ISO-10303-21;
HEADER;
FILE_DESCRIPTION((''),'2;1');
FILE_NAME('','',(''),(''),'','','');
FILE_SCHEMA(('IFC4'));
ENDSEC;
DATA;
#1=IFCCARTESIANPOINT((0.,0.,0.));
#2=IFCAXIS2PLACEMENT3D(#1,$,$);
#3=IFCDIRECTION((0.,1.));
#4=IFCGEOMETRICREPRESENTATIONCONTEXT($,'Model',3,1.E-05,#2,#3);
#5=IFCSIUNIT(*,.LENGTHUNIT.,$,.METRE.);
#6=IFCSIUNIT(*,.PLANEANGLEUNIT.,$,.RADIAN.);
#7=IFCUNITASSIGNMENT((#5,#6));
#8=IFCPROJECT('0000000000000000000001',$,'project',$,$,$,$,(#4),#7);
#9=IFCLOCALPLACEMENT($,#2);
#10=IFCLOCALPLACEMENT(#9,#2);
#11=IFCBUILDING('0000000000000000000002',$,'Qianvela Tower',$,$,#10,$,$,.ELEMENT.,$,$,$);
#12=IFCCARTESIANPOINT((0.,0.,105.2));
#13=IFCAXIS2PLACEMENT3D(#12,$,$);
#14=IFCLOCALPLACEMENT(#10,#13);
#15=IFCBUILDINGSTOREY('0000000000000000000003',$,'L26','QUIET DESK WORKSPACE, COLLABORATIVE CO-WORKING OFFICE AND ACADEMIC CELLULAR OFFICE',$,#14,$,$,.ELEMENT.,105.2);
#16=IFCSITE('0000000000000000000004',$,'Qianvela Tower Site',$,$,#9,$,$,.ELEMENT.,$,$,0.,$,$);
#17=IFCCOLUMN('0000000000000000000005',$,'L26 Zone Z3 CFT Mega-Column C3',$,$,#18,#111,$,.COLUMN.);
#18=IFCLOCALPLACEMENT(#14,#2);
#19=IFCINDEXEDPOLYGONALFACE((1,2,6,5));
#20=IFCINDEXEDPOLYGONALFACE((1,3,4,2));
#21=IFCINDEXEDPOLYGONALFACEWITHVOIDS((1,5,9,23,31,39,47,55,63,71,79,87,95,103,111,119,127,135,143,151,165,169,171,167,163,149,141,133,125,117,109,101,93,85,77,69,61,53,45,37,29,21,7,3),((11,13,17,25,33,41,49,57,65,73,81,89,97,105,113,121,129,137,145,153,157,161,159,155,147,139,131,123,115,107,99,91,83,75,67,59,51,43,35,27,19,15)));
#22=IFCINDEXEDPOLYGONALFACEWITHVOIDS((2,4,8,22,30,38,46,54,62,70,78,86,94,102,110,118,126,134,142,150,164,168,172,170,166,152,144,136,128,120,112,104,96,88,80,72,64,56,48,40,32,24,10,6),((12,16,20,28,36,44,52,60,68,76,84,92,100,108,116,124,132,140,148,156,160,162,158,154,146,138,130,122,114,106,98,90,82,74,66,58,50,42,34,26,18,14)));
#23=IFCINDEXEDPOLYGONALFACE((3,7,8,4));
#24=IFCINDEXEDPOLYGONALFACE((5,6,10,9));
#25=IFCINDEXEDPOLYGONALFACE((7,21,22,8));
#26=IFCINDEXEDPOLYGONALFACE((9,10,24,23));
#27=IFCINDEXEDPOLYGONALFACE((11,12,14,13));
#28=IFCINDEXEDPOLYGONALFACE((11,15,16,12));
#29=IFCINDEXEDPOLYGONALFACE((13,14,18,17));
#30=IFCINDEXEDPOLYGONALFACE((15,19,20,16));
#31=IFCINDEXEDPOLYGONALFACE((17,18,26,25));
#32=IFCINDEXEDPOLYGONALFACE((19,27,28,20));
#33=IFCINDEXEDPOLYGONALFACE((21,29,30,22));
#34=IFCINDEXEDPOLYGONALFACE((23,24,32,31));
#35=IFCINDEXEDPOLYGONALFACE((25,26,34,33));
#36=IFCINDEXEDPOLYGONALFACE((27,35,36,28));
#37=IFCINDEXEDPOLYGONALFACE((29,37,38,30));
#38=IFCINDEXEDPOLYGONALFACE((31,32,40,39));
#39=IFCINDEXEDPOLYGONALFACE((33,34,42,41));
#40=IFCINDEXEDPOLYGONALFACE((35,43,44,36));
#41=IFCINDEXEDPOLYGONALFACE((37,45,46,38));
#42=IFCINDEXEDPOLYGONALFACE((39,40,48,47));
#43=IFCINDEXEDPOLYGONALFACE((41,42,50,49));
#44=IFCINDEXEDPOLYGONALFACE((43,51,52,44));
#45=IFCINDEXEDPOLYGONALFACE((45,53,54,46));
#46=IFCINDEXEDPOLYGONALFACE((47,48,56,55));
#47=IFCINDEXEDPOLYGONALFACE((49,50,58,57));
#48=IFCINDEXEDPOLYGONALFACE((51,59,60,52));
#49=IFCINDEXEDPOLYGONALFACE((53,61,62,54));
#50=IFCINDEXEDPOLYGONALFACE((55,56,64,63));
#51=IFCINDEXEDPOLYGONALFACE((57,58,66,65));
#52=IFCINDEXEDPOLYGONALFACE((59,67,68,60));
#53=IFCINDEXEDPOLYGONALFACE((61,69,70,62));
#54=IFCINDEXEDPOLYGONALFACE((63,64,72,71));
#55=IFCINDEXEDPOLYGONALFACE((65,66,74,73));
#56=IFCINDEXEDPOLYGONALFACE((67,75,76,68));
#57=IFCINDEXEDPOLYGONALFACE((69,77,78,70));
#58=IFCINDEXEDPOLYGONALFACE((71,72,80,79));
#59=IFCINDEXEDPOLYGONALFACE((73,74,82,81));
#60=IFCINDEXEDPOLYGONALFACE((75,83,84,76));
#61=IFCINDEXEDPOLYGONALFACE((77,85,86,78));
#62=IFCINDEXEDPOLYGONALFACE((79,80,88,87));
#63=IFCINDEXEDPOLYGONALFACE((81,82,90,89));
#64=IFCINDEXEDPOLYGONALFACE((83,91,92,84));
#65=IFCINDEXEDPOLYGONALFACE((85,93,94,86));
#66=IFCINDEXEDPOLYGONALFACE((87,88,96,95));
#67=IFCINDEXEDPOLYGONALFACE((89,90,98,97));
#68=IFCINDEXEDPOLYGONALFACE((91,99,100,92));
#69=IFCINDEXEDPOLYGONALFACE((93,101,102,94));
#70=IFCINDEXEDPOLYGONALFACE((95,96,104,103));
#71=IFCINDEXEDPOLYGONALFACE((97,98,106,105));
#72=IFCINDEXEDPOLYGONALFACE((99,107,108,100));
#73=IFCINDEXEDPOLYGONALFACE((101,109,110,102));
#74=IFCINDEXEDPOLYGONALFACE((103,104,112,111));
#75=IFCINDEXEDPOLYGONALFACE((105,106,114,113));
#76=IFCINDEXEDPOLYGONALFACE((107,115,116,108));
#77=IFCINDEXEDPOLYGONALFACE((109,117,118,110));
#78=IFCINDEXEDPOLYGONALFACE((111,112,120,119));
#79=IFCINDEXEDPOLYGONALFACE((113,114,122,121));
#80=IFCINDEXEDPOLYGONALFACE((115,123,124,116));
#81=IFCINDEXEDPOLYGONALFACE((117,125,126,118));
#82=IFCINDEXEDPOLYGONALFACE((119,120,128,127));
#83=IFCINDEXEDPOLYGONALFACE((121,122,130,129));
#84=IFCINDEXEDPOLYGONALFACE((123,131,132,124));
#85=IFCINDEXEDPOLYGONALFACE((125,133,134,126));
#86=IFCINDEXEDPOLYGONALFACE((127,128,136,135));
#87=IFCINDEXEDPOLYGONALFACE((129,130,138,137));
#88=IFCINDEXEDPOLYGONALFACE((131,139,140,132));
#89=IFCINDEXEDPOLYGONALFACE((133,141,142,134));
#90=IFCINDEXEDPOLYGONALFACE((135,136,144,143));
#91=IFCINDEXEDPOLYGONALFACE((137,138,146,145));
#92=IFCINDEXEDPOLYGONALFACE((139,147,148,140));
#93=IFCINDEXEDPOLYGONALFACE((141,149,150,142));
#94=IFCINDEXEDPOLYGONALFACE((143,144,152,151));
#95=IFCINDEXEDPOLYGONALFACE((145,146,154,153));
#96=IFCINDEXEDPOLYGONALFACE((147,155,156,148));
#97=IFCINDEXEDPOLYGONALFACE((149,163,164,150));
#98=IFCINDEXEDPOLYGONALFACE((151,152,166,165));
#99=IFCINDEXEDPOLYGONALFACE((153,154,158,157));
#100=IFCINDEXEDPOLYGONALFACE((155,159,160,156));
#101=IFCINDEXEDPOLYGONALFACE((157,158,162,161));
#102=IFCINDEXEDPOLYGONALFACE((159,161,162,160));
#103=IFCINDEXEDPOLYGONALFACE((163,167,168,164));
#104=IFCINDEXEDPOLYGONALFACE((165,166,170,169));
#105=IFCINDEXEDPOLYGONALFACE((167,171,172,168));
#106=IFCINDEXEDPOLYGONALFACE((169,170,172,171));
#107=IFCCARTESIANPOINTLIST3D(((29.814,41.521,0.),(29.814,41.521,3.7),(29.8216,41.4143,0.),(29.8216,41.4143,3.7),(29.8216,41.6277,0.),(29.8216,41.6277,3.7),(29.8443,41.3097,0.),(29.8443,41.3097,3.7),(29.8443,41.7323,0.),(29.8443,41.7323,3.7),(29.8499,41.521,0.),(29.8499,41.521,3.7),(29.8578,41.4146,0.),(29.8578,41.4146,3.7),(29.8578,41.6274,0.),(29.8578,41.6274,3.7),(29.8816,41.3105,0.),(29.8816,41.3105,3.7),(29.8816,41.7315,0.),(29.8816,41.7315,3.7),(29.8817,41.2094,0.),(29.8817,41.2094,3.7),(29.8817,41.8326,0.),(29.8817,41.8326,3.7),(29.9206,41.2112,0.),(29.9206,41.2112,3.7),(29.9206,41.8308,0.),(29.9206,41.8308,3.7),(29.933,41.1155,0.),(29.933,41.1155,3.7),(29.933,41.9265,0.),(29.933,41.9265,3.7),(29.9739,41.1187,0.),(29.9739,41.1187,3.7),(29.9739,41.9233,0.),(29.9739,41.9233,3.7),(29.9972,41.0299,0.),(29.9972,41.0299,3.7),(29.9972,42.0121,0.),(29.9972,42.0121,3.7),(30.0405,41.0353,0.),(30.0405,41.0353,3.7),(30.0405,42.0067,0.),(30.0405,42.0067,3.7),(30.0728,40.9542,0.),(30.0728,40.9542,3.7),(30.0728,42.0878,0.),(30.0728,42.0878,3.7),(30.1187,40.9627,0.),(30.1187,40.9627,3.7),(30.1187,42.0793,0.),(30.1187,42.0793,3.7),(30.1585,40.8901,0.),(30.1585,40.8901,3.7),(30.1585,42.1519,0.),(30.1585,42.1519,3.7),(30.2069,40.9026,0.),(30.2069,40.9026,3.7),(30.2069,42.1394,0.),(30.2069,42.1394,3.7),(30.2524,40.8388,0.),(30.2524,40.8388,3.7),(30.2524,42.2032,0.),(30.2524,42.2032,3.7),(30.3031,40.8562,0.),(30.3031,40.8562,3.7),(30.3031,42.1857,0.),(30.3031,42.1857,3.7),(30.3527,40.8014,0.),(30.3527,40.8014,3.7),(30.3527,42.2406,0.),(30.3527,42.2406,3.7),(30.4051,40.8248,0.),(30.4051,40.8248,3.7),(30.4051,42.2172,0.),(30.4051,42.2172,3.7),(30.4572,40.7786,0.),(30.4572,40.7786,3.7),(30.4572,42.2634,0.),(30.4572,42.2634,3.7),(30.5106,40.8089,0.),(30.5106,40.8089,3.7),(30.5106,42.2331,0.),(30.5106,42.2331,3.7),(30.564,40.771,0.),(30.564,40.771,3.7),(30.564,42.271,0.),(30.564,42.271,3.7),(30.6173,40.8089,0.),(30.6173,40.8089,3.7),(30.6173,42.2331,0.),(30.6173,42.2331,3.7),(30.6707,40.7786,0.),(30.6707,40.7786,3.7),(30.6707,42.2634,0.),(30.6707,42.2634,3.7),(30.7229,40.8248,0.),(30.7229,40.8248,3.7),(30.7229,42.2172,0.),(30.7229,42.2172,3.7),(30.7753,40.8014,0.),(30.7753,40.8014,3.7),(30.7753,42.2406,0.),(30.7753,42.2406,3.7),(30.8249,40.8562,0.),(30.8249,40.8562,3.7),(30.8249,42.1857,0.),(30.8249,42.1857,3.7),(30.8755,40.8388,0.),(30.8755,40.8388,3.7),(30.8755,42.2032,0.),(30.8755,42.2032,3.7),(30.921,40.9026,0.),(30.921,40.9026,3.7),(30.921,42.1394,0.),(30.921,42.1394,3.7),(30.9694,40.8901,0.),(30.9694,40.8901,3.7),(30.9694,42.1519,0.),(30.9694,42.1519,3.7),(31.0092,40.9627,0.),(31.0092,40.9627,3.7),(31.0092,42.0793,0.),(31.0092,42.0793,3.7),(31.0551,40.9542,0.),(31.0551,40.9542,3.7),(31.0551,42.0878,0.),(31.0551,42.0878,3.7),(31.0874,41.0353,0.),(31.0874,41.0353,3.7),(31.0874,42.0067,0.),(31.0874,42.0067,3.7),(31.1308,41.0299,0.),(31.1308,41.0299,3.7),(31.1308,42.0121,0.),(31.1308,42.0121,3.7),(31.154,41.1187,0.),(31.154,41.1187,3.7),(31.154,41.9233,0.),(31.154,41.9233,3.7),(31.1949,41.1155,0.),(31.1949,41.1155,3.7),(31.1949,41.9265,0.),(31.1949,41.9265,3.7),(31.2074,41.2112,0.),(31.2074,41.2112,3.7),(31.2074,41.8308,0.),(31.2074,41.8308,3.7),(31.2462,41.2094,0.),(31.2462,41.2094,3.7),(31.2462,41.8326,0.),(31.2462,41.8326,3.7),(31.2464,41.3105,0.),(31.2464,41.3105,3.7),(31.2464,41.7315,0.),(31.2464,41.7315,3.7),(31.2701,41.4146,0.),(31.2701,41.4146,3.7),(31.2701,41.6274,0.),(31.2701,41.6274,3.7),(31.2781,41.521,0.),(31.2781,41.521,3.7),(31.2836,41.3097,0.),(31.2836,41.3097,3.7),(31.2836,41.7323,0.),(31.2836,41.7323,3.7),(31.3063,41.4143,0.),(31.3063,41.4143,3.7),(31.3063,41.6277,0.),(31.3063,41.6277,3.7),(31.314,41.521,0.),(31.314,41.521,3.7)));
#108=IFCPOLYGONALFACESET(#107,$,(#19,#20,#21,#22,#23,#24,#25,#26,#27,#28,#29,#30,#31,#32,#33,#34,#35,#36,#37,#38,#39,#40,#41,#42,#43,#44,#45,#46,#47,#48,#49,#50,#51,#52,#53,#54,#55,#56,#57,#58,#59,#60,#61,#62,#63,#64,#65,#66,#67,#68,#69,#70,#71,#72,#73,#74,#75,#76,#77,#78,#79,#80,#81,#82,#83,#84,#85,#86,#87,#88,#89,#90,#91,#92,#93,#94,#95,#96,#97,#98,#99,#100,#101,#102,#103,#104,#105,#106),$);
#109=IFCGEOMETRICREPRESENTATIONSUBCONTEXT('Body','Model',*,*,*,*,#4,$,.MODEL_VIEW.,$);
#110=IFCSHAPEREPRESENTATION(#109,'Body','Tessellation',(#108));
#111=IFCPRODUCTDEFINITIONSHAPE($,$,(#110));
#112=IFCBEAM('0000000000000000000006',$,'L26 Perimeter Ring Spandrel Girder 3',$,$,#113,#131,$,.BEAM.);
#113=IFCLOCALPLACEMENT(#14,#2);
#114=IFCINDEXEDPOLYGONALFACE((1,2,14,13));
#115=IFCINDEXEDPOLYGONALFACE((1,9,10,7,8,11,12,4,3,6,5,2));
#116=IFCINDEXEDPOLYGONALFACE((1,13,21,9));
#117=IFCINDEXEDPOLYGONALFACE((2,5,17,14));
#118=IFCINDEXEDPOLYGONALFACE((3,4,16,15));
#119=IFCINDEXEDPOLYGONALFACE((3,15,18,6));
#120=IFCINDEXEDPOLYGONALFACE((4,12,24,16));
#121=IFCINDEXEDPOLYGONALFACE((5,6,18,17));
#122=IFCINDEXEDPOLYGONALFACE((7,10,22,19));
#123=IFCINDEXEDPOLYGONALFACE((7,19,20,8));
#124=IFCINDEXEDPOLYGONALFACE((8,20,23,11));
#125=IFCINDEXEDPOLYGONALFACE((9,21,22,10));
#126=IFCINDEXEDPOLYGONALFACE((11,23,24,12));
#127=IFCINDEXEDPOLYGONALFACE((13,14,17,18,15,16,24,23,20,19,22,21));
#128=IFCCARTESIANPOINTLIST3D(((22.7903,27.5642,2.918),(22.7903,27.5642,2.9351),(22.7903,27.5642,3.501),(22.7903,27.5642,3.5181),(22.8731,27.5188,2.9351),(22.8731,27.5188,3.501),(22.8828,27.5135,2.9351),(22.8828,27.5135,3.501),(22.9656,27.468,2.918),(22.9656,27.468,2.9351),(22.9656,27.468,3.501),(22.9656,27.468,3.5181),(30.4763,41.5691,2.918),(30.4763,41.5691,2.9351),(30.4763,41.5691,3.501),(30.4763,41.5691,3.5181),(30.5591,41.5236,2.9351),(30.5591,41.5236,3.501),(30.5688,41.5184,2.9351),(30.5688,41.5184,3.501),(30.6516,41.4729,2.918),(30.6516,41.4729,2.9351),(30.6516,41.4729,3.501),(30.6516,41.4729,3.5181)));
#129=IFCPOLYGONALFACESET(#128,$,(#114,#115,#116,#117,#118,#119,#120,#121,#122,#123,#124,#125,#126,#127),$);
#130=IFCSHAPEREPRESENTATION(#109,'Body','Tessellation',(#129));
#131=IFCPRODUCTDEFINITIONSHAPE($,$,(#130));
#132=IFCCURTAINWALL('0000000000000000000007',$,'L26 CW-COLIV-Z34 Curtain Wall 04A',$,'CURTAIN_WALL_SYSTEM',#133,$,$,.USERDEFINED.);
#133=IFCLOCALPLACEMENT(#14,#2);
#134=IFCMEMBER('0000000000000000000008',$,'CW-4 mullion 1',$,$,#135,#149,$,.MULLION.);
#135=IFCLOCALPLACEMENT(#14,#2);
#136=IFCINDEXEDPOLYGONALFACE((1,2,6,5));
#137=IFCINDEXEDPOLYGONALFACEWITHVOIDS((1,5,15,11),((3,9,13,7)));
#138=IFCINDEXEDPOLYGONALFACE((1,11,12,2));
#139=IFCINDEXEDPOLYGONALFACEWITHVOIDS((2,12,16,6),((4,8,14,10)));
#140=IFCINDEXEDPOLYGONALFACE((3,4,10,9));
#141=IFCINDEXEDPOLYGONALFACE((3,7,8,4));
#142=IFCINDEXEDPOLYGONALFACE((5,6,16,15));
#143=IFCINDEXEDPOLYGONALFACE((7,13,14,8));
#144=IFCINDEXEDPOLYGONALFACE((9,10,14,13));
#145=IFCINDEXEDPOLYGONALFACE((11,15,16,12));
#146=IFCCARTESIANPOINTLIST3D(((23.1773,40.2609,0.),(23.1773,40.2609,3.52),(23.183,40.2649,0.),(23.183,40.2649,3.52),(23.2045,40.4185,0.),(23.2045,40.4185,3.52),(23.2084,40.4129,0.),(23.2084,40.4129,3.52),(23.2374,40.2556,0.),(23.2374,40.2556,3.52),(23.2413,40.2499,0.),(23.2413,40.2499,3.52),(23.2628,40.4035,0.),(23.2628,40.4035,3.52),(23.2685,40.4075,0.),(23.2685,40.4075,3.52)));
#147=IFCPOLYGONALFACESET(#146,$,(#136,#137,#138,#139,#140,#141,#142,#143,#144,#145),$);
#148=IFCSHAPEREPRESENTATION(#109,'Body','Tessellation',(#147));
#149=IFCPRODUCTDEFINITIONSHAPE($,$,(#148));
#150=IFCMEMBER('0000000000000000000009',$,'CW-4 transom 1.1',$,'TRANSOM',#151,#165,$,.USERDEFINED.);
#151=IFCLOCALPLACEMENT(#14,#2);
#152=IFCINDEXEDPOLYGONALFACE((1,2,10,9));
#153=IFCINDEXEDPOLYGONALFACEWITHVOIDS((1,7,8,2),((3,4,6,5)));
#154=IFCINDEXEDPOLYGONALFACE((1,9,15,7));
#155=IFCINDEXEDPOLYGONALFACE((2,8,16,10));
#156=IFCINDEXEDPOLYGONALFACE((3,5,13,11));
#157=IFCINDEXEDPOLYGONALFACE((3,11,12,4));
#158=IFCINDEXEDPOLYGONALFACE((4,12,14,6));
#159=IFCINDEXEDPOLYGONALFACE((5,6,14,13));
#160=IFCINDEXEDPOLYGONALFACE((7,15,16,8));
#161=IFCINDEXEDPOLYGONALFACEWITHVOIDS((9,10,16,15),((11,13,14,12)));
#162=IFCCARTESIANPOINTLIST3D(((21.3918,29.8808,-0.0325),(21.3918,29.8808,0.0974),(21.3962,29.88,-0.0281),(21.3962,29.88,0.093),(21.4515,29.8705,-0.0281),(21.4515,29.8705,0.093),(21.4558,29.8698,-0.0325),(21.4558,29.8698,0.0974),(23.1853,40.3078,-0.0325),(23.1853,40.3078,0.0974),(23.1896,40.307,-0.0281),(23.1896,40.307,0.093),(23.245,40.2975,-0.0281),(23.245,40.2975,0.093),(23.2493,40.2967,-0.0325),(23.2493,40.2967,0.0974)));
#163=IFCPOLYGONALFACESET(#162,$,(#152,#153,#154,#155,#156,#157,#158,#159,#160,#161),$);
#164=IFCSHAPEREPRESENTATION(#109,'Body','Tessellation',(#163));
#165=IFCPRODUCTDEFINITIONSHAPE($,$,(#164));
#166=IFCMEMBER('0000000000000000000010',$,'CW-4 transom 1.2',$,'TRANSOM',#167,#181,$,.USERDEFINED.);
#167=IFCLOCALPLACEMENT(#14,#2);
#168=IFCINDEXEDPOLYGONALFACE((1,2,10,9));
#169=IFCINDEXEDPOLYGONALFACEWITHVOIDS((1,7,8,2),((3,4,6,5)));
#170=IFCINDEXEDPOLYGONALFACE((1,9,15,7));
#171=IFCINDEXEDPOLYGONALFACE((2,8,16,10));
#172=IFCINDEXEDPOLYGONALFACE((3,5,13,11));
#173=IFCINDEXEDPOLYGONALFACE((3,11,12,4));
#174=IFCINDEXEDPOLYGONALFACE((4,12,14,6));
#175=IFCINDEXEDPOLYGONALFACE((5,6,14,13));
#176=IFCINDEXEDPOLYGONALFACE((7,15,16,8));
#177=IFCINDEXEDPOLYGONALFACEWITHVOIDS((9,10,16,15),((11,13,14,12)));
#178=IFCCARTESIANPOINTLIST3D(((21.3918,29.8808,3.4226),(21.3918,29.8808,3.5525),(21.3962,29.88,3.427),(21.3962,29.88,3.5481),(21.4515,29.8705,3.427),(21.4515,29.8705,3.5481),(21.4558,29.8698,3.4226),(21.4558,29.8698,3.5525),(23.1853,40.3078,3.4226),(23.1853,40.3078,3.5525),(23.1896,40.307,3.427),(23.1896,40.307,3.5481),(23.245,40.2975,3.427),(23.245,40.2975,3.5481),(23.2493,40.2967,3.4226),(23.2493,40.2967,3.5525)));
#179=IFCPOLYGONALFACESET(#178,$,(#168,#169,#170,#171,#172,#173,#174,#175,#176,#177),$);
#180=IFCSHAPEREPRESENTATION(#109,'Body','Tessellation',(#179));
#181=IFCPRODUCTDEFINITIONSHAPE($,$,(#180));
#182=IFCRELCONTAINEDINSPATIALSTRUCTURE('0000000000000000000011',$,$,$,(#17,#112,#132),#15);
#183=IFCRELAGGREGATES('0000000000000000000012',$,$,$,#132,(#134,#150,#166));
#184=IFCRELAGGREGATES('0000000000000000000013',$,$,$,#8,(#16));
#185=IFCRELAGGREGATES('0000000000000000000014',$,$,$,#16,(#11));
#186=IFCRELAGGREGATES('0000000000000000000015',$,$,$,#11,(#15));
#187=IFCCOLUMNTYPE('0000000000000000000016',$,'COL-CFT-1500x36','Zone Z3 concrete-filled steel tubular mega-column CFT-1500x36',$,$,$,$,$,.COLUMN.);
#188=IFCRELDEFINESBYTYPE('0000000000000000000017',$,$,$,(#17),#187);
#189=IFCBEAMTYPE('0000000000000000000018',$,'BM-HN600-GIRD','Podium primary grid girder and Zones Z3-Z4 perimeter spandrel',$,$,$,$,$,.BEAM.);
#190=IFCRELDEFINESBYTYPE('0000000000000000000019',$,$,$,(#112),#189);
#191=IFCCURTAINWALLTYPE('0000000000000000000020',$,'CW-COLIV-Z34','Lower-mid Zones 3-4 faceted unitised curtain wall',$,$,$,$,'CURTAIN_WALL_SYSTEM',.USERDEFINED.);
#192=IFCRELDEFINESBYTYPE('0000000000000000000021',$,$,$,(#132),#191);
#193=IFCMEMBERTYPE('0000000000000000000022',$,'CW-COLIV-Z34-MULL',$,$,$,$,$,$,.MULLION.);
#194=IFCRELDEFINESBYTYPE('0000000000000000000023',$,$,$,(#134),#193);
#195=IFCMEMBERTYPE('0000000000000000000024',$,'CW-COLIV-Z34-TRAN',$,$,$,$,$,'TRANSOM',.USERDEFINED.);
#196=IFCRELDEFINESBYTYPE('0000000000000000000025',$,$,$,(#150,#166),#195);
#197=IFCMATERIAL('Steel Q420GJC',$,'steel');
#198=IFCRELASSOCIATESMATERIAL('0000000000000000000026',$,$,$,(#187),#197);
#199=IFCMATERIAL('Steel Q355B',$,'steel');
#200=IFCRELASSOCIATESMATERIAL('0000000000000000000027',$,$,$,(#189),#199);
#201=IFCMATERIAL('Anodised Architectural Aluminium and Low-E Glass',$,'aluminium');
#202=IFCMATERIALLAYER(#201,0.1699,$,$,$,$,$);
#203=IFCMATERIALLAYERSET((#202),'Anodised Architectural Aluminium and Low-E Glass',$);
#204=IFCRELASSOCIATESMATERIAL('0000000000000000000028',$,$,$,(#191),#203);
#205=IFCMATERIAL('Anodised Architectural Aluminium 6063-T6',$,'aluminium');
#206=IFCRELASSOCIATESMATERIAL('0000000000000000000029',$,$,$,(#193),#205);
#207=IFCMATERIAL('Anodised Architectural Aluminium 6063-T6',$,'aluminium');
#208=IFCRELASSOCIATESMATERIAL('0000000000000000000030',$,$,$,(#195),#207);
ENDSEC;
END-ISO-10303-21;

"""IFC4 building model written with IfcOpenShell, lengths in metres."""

from ifc_helpers import new_model, si_unit, direction, frame, origin, origin_2d, place, context, subcontext, project, spatial, hollow_rectangle, hollow_circle, i_section, extrude, material, layer, layer_set, material_profile, profile_set, type_object, element, aggregate, save


model = new_model("IFC4")

# Units and contexts
model_context = context("Model", 3, precision=1e-05, world=origin(), true_north=direction((0.0, 1.0)))
body_context = subcontext(model_context, "Body", "Model", "MODEL_VIEW")
ifc_project = project(units=[si_unit("LENGTHUNIT", "METRE"), si_unit("PLANEANGLEUNIT", "RADIAN")], contexts=[model_context])

# Site, building, storey
site_placement = place(None, origin())
site = spatial("IfcSite", under=ifc_project, at=site_placement, Name="Qianvela Tower Site", CompositionType="ELEMENT", RefElevation=0.0)
building_placement = place(site_placement, origin())
building = spatial("IfcBuilding", under=site, at=building_placement, Name="Qianvela Tower", CompositionType="ELEMENT")
storey_placement = place(building_placement, frame((0.0, 0.0, 105.2)))
storey = spatial("IfcBuildingStorey", under=building, at=storey_placement, Name="L26", Description="QUIET DESK WORKSPACE, COLLABORATIVE CO-WORKING OFFICE AND ACADEMIC CELLULAR OFFICE", CompositionType="ELEMENT", Elevation=105.2)

# Column
ifc_material_1 = material(Name="Steel Q420GJC", Category="steel")
ifc_material_profile_1 = material_profile(ifc_material_1, hollow_circle(Radius=0.75, WallThickness=0.0359, at=origin_2d()), Name="CFT-1500x36")
ifc_profile_set_1 = profile_set([ifc_material_profile_1], Name="Steel Q420GJC")
column_type = type_object("IfcColumnType", Name="COL-CFT-1500x36", Description="Zone Z3 concrete-filled steel tubular mega-column CFT-1500x36", PredefinedType="COLUMN", material=ifc_profile_set_1)
column_placement = place(storey_placement, frame((30.564, 41.521, 0.0), z_axis=(0.0, 0.0, 1.0), x_axis=(1.0, 0.0, 0.0)))
element("IfcColumn", 1, at=column_placement, inside=storey, type_object=column_type, Name="L26 Zone Z3 CFT Mega-Column C3", PredefinedType="COLUMN", context=body_context, shape_type="SweptSolid", body=[
    extrude(hollow_circle(Radius=0.75, WallThickness=0.0359, at=origin_2d()), origin(), (0.0, 0.0, 1.0), 3.7),
])

# Beam
ifc_material_2 = material(Name="Steel Q355B", Category="steel")
ifc_material_profile_2 = material_profile(ifc_material_2, i_section(OverallWidth=0.2, OverallDepth=0.6001, WebThickness=0.011, FlangeThickness=0.0171, at=origin_2d()), Name="HN600x200x11x17")
ifc_profile_set_2 = profile_set([ifc_material_profile_2], Name="Steel Q355B")
beam_type = type_object("IfcBeamType", Name="BM-HN600-GIRD", Description="Podium primary grid girder and Zones Z3-Z4 perimeter spandrel", PredefinedType="BEAM", material=ifc_profile_set_2)
beam_placement = place(storey_placement, frame((30.564, 41.521, 3.218), z_axis=(-0.481118, -0.876656, 0.0), x_axis=(0.876656, -0.481118, 0.0)))
element("IfcBeam", 2, at=beam_placement, inside=storey, type_object=beam_type, Name="L26 Perimeter Ring Spandrel Girder 3", PredefinedType="BEAM", context=body_context, shape_type="SweptSolid", body=[
    extrude(i_section(OverallWidth=0.2, OverallDepth=0.6001, WebThickness=0.011, FlangeThickness=0.0171, at=origin_2d()), origin(), (0.0, 0.0, 1.0), 15.9753),
])

# Curtain wall, members
ifc_material_3 = material(Name="Anodised Architectural Aluminium and Low-E Glass", Category="aluminium")
ifc_layer_1 = layer(ifc_material_3, 0.1699)
ifc_layer_set_1 = layer_set([ifc_layer_1], Name="Anodised Architectural Aluminium and Low-E Glass")
curtain_wall_type = type_object("IfcCurtainWallType", Name="CW-COLIV-Z34", Description="Lower-mid Zones 3-4 faceted unitised curtain wall", ElementType="CURTAIN_WALL_SYSTEM", PredefinedType="USERDEFINED", material=ifc_layer_set_1)
curtain_wall_placement = place(storey_placement, origin())
curtain_wall = element("IfcCurtainWall", 3, at=curtain_wall_placement, inside=storey, type_object=curtain_wall_type, Name="L26 CW-COLIV-Z34 Curtain Wall 04A", ObjectType="CURTAIN_WALL_SYSTEM", PredefinedType="USERDEFINED")
ifc_material_4 = material(Name="Anodised Architectural Aluminium 6063-T6", Category="aluminium")
ifc_material_profile_3 = material_profile(ifc_material_4, hollow_rectangle(XDim=0.0649, YDim=0.1599, WallThickness=0.0049, at=origin_2d()), Name="ALU-MULL-65x160")
ifc_profile_set_3 = profile_set([ifc_material_profile_3], Name="Anodised Architectural Aluminium 6063-T6")
member_type_1 = type_object("IfcMemberType", Name="CW-COLIV-Z34-MULL", PredefinedType="MULLION", material=ifc_profile_set_3)
member_1_placement = place(storey_placement, frame((23.2229, 40.3342, 0.0), z_axis=(0.0, 0.0, 1.0), x_axis=(0.985526, -0.169524, 0.0)))
member_1 = element("IfcMember", 4, at=member_1_placement, type_object=member_type_1, Name="CW-4 mullion 1", PredefinedType="MULLION", context=body_context, shape_type="SweptSolid", body=[
    extrude(hollow_rectangle(XDim=0.0649, YDim=0.1599, WallThickness=0.0049, at=origin_2d()), origin(), (0.0, 0.0, 1.0), 3.52),
])
ifc_material_5 = material(Name="Anodised Architectural Aluminium 6063-T6", Category="aluminium")
ifc_material_profile_4 = material_profile(ifc_material_5, hollow_rectangle(XDim=0.0649, YDim=0.1299, WallThickness=0.0044, at=origin_2d()), Name="ALU-TRAN-65x130")
ifc_profile_set_4 = profile_set([ifc_material_profile_4], Name="Anodised Architectural Aluminium 6063-T6")
member_type_2 = type_object("IfcMemberType", Name="CW-COLIV-Z34-TRAN", ElementType="TRANSOM", PredefinedType="USERDEFINED", material=ifc_profile_set_4)
member_2_placement = place(storey_placement, frame((23.2173, 40.3022, 0.0325), z_axis=(-0.169512, -0.985528, 0.0), x_axis=(0.985528, -0.169512, 0.0)))
member_2 = element("IfcMember", 5, at=member_2_placement, type_object=member_type_2, Name="CW-4 transom 1.1", ObjectType="TRANSOM", PredefinedType="USERDEFINED", context=body_context, shape_type="SweptSolid", body=[
    extrude(hollow_rectangle(XDim=0.0649, YDim=0.1299, WallThickness=0.0044, at=origin_2d()), origin(), (0.0, 0.0, 1.0), 10.5801),
])
member_3_placement = place(storey_placement, frame((23.2173, 40.3022, 3.4875), z_axis=(-0.169512, -0.985528, 0.0), x_axis=(0.985528, -0.169512, 0.0)))
member_3 = element("IfcMember", 6, at=member_3_placement, type_object=member_type_2, Name="CW-4 transom 1.2", ObjectType="TRANSOM", PredefinedType="USERDEFINED", context=body_context, shape_type="SweptSolid", body=[
    extrude(hollow_rectangle(XDim=0.0649, YDim=0.1299, WallThickness=0.0044, at=origin_2d()), origin(), (0.0, 0.0, 1.0), 10.5801),
])
aggregate(curtain_wall, [member_1, member_2, member_3])

save(model, "model.ifc")
